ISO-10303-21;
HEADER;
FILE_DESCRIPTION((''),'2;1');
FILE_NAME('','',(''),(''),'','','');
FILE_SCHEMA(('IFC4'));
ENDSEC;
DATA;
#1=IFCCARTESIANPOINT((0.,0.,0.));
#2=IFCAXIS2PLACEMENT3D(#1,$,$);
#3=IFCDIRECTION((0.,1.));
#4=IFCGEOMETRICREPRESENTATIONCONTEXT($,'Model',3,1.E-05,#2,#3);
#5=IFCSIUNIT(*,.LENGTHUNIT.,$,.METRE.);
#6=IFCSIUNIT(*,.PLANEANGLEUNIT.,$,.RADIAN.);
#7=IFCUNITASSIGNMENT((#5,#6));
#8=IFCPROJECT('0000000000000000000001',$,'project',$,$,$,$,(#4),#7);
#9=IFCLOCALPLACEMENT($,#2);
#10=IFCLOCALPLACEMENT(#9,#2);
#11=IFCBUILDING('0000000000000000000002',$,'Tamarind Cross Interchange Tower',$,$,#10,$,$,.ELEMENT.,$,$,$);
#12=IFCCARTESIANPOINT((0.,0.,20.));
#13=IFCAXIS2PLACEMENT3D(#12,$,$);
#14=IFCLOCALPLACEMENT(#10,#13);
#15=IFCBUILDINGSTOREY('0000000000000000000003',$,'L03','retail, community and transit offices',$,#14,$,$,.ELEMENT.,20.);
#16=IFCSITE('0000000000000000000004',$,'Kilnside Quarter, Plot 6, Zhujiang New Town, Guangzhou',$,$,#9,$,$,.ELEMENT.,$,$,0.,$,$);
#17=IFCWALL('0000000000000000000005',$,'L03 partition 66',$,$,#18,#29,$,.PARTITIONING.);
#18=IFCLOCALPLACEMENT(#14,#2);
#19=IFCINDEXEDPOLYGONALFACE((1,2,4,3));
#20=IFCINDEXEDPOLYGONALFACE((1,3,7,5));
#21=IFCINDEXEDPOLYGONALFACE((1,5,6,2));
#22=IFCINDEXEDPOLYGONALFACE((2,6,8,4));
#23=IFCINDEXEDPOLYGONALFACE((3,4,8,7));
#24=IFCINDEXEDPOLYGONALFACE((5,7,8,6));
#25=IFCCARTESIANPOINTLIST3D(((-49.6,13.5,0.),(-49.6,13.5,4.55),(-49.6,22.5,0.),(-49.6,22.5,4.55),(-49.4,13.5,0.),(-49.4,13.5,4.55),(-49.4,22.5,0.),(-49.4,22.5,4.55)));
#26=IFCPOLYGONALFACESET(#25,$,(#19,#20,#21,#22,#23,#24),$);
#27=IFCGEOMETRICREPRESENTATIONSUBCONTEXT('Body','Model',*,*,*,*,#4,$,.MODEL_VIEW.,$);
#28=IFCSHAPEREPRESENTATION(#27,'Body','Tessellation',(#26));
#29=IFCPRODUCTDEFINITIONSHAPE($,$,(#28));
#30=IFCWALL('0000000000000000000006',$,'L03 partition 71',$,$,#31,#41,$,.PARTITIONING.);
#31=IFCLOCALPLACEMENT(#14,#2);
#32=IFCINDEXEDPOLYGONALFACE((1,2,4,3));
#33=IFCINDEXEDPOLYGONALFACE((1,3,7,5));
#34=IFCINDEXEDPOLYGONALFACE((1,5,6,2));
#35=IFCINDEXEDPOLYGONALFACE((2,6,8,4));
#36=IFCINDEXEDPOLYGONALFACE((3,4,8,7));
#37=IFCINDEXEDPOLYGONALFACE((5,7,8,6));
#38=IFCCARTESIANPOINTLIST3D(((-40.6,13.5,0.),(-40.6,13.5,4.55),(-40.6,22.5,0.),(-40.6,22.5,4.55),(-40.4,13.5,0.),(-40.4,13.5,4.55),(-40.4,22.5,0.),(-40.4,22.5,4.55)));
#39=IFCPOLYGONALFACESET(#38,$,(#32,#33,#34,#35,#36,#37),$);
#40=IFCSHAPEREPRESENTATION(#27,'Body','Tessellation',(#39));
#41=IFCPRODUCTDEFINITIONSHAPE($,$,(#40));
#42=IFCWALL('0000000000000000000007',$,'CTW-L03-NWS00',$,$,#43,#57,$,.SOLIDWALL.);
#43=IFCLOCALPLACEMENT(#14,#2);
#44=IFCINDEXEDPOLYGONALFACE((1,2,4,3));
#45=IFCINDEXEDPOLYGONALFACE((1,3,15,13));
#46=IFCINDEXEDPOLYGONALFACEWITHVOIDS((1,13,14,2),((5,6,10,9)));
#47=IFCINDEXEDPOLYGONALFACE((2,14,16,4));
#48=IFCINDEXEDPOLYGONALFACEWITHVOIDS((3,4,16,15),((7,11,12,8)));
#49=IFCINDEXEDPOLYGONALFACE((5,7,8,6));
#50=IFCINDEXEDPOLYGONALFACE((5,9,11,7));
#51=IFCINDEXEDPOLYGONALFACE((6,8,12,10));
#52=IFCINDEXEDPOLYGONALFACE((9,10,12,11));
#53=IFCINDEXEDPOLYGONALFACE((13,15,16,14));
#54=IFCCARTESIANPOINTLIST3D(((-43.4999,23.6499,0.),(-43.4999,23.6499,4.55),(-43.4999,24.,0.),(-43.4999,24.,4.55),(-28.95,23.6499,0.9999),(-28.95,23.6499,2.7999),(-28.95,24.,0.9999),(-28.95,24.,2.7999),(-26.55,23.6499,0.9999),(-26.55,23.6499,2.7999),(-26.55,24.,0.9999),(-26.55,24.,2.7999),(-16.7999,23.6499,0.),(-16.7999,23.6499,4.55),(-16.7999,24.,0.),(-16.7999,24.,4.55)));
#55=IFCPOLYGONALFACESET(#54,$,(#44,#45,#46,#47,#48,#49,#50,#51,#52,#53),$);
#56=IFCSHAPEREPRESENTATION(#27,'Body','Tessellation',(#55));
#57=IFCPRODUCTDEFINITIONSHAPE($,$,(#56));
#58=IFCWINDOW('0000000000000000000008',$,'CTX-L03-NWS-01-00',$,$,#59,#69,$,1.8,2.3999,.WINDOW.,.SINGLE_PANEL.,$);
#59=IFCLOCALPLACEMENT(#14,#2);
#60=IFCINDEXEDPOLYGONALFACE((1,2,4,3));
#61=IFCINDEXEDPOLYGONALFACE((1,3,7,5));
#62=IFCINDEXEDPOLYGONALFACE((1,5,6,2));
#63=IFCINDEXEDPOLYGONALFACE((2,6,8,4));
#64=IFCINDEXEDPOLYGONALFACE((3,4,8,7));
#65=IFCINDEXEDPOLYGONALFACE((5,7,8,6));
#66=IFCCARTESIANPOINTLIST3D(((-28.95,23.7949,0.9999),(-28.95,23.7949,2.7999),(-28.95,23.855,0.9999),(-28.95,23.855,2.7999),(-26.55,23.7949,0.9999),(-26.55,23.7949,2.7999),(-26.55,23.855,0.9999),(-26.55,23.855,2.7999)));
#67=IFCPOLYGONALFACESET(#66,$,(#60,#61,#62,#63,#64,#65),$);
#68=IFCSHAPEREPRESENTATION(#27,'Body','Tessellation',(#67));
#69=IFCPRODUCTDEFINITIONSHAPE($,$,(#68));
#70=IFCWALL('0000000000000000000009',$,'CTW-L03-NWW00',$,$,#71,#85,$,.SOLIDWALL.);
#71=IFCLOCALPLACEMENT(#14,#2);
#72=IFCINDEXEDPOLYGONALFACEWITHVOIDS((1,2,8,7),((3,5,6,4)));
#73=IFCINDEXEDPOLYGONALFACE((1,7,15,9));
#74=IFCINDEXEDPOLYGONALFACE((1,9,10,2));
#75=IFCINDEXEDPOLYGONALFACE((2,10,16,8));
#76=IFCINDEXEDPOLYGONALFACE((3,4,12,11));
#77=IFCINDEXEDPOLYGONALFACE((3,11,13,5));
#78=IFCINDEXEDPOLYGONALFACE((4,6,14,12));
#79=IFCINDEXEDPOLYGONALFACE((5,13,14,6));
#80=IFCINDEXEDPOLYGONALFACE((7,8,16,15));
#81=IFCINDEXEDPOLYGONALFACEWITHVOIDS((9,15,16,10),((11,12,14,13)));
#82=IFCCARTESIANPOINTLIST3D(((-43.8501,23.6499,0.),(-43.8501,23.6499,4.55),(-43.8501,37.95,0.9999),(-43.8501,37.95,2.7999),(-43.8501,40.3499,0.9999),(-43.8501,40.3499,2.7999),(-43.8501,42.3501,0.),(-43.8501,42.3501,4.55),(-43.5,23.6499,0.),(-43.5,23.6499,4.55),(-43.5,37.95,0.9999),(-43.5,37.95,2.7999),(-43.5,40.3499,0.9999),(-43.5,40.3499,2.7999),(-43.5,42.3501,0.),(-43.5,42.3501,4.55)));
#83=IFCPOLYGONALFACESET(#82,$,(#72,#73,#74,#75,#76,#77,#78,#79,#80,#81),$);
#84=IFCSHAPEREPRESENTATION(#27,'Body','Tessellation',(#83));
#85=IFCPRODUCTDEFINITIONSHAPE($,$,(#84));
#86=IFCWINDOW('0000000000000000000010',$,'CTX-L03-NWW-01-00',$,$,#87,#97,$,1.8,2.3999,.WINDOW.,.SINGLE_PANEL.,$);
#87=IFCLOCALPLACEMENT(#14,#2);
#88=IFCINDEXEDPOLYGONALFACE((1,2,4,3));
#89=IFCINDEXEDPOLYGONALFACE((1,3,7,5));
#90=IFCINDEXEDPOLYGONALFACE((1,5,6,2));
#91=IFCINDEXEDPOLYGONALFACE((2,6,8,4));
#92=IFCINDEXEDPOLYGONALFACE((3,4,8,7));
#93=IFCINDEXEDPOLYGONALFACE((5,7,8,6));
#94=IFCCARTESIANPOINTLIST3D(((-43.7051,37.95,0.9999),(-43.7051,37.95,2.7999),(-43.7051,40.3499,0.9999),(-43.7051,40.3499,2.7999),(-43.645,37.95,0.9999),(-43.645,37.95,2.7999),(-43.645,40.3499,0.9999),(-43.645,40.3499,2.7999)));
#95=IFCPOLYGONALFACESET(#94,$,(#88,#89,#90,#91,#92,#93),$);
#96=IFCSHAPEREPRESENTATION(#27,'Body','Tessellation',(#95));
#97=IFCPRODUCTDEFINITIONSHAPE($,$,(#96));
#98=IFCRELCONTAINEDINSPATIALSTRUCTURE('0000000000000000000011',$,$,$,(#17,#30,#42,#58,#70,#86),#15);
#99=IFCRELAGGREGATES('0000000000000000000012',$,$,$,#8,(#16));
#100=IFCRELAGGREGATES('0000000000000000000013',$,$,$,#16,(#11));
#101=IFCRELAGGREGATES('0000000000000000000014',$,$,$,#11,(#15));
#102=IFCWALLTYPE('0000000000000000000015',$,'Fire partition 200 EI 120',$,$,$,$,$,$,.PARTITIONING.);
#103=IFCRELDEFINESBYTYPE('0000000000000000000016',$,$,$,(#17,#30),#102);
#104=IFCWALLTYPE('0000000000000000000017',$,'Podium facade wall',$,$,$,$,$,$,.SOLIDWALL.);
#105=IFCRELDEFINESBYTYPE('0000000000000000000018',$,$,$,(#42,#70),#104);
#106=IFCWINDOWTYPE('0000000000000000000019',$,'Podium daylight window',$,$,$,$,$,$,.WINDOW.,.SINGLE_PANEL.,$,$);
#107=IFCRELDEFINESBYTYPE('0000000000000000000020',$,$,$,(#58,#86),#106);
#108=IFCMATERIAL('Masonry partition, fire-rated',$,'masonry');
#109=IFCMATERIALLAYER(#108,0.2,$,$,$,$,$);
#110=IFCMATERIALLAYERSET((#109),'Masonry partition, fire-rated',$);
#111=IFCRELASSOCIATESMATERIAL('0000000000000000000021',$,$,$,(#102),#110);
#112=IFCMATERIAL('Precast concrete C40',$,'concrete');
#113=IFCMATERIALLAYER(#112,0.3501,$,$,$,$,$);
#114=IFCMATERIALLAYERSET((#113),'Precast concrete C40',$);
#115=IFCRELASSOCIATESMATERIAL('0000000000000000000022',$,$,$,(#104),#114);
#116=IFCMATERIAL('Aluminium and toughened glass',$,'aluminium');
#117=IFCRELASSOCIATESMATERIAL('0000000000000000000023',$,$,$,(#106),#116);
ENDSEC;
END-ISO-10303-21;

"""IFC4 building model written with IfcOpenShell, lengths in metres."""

from ifc_helpers import new_model, si_unit, direction, frame, frame_2d, origin, place, context, subcontext, project, spatial, rectangle, extrude, material, layer, layer_set, type_object, element, fill, save


model = new_model("IFC4")

# Units and contexts
model_context = context("Model", 3, precision=1e-05, world=origin(), true_north=direction((0.0, 1.0)))
body_context = subcontext(model_context, "Body", "Model", "MODEL_VIEW")
ifc_project = project(units=[si_unit("LENGTHUNIT", "METRE"), si_unit("PLANEANGLEUNIT", "RADIAN")], contexts=[model_context])

# Site, building, storey
site_placement = place(None, origin())
site = spatial("IfcSite", under=ifc_project, at=site_placement, Name="Kilnside Quarter, Plot 6, Zhujiang New Town, Guangzhou", CompositionType="ELEMENT", RefElevation=0.0)
building_placement = place(site_placement, origin())
building = spatial("IfcBuilding", under=site, at=building_placement, Name="Tamarind Cross Interchange Tower", CompositionType="ELEMENT")
storey_placement = place(building_placement, frame((0.0, 0.0, 20.0)))
storey = spatial("IfcBuildingStorey", under=building, at=storey_placement, Name="L03", Description="retail, community and transit offices", CompositionType="ELEMENT", Elevation=20.0)

# Shared definitions
ifc_material_1 = material(Name="Masonry partition, fire-rated", Category="masonry")
ifc_layer_1 = layer(ifc_material_1, 0.2)
ifc_layer_set_1 = layer_set([ifc_layer_1], Name="Masonry partition, fire-rated")
wall_type_1 = type_object("IfcWallType", Name="Fire partition 200 EI 120", PredefinedType="PARTITIONING", material=ifc_layer_set_1)

# Walls
for number, where, z_axis, x_axis, name in (
    (1, (-49.5, 13.5, 0.0), (0.0, 0.0, 1.0), (0.0, 1.0, 0.0), "L03 partition 66"),
    (2, (-40.5, 13.5, 0.0), (0.0, 0.0, 1.0), (0.0, 1.0, 0.0), "L03 partition 71"),
):
    element("IfcWall", number, at=place(storey_placement, frame(where, z_axis=z_axis, x_axis=x_axis)), inside=storey, type_object=wall_type_1, Name=name, PredefinedType="PARTITIONING", context=body_context, shape_type="SweptSolid", body=[
        extrude(rectangle(XDim=9.0, YDim=0.2, at=frame_2d((4.5, 0.0))), origin(), (0.0, 0.0, 1.0), 4.55),
    ])

# Walls, openings, windows
ifc_material_2 = material(Name="Precast concrete C40", Category="concrete")
ifc_layer_2 = layer(ifc_material_2, 0.3501)
ifc_layer_set_2 = layer_set([ifc_layer_2], Name="Precast concrete C40")
wall_type_2 = type_object("IfcWallType", Name="Podium facade wall", PredefinedType="SOLIDWALL", material=ifc_layer_set_2)
wall_1_placement = place(storey_placement, frame((-43.5, 23.825, 0.0), z_axis=(0.0, 0.0, 1.0), x_axis=(1.0, 0.0, 0.0)))
wall_1 = element("IfcWall", 3, at=wall_1_placement, inside=storey, type_object=wall_type_2, Name="CTW-L03-NWS00", PredefinedType="SOLIDWALL", context=body_context, shape_type="SweptSolid", body=[
    extrude(rectangle(XDim=26.7, YDim=0.3501, at=frame_2d((13.3501, 0.0))), origin(), (0.0, 0.0, 1.0), 4.55),
])
opening_1_placement = place(wall_1_placement, frame((14.55, 0.0, 1.0)))
opening_1 = element("IfcOpeningElement", 4, at=opening_1_placement, cuts=wall_1, PredefinedType="OPENING", context=body_context, shape_type="SweptSolid", body=[
    extrude(rectangle(XDim=2.3999, YDim=1.8, at=frame_2d((1.2, 0.8999))), frame((0.0, 0.1851, 0.0), z_axis=(0.0, -1.0, 0.0), x_axis=(1.0, 0.0, 0.0)), (0.0, 0.0, 1.0), 0.3701),
])
ifc_material_3 = material(Name="Aluminium and toughened glass", Category="aluminium")
window_type = type_object("IfcWindowType", Name="Podium daylight window", PartitioningType="SINGLE_PANEL", PredefinedType="WINDOW", material=ifc_material_3)
window_1_placement = place(opening_1_placement, origin())
window_1 = element("IfcWindow", 5, at=window_1_placement, inside=storey, type_object=window_type, Name="CTX-L03-NWS-01-00", OverallHeight=1.8, OverallWidth=2.3999, PartitioningType="SINGLE_PANEL", PredefinedType="WINDOW", context=body_context, shape_type="SweptSolid", body=[
    extrude(rectangle(XDim=2.3999, YDim=1.8, at=frame_2d((1.2, 0.8999))), frame((0.0, 0.03, 0.0), z_axis=(0.0, -1.0, 0.0), x_axis=(1.0, 0.0, 0.0)), (0.0, 0.0, 1.0), 0.0601),
])
fill(opening_1, window_1)
wall_2_placement = place(storey_placement, frame((-43.675, 23.6499, 0.0), z_axis=(0.0, 0.0, 1.0), x_axis=(0.0, 1.0, 0.0)))
wall_2 = element("IfcWall", 6, at=wall_2_placement, inside=storey, type_object=wall_type_2, Name="CTW-L03-NWW00", PredefinedType="SOLIDWALL", context=body_context, shape_type="SweptSolid", body=[
    extrude(rectangle(XDim=18.7002, YDim=0.3501, at=frame_2d((9.3501, 0.0))), origin(), (0.0, 0.0, 1.0), 4.55),
])
opening_2_placement = place(wall_2_placement, frame((14.3, 0.0, 1.0)))
opening_2 = element("IfcOpeningElement", 7, at=opening_2_placement, cuts=wall_2, PredefinedType="OPENING", context=body_context, shape_type="SweptSolid", body=[
    extrude(rectangle(XDim=2.3999, YDim=1.8, at=frame_2d((1.2, 0.8999))), frame((0.0, 0.1851, 0.0), z_axis=(0.0, -1.0, 0.0), x_axis=(1.0, 0.0, 0.0)), (0.0, 0.0, 1.0), 0.3701),
])
window_2_placement = place(opening_2_placement, origin())
window_2 = element("IfcWindow", 8, at=window_2_placement, inside=storey, type_object=window_type, Name="CTX-L03-NWW-01-00", OverallHeight=1.8, OverallWidth=2.3999, PartitioningType="SINGLE_PANEL", PredefinedType="WINDOW", context=body_context, shape_type="SweptSolid", body=[
    extrude(rectangle(XDim=2.3999, YDim=1.8, at=frame_2d((1.2, 0.8999))), frame((0.0, 0.03, 0.0), z_axis=(0.0, -1.0, 0.0), x_axis=(1.0, 0.0, 0.0)), (0.0, 0.0, 1.0), 0.0601),
])
fill(opening_2, window_2)

save(model, "model.ifc")
